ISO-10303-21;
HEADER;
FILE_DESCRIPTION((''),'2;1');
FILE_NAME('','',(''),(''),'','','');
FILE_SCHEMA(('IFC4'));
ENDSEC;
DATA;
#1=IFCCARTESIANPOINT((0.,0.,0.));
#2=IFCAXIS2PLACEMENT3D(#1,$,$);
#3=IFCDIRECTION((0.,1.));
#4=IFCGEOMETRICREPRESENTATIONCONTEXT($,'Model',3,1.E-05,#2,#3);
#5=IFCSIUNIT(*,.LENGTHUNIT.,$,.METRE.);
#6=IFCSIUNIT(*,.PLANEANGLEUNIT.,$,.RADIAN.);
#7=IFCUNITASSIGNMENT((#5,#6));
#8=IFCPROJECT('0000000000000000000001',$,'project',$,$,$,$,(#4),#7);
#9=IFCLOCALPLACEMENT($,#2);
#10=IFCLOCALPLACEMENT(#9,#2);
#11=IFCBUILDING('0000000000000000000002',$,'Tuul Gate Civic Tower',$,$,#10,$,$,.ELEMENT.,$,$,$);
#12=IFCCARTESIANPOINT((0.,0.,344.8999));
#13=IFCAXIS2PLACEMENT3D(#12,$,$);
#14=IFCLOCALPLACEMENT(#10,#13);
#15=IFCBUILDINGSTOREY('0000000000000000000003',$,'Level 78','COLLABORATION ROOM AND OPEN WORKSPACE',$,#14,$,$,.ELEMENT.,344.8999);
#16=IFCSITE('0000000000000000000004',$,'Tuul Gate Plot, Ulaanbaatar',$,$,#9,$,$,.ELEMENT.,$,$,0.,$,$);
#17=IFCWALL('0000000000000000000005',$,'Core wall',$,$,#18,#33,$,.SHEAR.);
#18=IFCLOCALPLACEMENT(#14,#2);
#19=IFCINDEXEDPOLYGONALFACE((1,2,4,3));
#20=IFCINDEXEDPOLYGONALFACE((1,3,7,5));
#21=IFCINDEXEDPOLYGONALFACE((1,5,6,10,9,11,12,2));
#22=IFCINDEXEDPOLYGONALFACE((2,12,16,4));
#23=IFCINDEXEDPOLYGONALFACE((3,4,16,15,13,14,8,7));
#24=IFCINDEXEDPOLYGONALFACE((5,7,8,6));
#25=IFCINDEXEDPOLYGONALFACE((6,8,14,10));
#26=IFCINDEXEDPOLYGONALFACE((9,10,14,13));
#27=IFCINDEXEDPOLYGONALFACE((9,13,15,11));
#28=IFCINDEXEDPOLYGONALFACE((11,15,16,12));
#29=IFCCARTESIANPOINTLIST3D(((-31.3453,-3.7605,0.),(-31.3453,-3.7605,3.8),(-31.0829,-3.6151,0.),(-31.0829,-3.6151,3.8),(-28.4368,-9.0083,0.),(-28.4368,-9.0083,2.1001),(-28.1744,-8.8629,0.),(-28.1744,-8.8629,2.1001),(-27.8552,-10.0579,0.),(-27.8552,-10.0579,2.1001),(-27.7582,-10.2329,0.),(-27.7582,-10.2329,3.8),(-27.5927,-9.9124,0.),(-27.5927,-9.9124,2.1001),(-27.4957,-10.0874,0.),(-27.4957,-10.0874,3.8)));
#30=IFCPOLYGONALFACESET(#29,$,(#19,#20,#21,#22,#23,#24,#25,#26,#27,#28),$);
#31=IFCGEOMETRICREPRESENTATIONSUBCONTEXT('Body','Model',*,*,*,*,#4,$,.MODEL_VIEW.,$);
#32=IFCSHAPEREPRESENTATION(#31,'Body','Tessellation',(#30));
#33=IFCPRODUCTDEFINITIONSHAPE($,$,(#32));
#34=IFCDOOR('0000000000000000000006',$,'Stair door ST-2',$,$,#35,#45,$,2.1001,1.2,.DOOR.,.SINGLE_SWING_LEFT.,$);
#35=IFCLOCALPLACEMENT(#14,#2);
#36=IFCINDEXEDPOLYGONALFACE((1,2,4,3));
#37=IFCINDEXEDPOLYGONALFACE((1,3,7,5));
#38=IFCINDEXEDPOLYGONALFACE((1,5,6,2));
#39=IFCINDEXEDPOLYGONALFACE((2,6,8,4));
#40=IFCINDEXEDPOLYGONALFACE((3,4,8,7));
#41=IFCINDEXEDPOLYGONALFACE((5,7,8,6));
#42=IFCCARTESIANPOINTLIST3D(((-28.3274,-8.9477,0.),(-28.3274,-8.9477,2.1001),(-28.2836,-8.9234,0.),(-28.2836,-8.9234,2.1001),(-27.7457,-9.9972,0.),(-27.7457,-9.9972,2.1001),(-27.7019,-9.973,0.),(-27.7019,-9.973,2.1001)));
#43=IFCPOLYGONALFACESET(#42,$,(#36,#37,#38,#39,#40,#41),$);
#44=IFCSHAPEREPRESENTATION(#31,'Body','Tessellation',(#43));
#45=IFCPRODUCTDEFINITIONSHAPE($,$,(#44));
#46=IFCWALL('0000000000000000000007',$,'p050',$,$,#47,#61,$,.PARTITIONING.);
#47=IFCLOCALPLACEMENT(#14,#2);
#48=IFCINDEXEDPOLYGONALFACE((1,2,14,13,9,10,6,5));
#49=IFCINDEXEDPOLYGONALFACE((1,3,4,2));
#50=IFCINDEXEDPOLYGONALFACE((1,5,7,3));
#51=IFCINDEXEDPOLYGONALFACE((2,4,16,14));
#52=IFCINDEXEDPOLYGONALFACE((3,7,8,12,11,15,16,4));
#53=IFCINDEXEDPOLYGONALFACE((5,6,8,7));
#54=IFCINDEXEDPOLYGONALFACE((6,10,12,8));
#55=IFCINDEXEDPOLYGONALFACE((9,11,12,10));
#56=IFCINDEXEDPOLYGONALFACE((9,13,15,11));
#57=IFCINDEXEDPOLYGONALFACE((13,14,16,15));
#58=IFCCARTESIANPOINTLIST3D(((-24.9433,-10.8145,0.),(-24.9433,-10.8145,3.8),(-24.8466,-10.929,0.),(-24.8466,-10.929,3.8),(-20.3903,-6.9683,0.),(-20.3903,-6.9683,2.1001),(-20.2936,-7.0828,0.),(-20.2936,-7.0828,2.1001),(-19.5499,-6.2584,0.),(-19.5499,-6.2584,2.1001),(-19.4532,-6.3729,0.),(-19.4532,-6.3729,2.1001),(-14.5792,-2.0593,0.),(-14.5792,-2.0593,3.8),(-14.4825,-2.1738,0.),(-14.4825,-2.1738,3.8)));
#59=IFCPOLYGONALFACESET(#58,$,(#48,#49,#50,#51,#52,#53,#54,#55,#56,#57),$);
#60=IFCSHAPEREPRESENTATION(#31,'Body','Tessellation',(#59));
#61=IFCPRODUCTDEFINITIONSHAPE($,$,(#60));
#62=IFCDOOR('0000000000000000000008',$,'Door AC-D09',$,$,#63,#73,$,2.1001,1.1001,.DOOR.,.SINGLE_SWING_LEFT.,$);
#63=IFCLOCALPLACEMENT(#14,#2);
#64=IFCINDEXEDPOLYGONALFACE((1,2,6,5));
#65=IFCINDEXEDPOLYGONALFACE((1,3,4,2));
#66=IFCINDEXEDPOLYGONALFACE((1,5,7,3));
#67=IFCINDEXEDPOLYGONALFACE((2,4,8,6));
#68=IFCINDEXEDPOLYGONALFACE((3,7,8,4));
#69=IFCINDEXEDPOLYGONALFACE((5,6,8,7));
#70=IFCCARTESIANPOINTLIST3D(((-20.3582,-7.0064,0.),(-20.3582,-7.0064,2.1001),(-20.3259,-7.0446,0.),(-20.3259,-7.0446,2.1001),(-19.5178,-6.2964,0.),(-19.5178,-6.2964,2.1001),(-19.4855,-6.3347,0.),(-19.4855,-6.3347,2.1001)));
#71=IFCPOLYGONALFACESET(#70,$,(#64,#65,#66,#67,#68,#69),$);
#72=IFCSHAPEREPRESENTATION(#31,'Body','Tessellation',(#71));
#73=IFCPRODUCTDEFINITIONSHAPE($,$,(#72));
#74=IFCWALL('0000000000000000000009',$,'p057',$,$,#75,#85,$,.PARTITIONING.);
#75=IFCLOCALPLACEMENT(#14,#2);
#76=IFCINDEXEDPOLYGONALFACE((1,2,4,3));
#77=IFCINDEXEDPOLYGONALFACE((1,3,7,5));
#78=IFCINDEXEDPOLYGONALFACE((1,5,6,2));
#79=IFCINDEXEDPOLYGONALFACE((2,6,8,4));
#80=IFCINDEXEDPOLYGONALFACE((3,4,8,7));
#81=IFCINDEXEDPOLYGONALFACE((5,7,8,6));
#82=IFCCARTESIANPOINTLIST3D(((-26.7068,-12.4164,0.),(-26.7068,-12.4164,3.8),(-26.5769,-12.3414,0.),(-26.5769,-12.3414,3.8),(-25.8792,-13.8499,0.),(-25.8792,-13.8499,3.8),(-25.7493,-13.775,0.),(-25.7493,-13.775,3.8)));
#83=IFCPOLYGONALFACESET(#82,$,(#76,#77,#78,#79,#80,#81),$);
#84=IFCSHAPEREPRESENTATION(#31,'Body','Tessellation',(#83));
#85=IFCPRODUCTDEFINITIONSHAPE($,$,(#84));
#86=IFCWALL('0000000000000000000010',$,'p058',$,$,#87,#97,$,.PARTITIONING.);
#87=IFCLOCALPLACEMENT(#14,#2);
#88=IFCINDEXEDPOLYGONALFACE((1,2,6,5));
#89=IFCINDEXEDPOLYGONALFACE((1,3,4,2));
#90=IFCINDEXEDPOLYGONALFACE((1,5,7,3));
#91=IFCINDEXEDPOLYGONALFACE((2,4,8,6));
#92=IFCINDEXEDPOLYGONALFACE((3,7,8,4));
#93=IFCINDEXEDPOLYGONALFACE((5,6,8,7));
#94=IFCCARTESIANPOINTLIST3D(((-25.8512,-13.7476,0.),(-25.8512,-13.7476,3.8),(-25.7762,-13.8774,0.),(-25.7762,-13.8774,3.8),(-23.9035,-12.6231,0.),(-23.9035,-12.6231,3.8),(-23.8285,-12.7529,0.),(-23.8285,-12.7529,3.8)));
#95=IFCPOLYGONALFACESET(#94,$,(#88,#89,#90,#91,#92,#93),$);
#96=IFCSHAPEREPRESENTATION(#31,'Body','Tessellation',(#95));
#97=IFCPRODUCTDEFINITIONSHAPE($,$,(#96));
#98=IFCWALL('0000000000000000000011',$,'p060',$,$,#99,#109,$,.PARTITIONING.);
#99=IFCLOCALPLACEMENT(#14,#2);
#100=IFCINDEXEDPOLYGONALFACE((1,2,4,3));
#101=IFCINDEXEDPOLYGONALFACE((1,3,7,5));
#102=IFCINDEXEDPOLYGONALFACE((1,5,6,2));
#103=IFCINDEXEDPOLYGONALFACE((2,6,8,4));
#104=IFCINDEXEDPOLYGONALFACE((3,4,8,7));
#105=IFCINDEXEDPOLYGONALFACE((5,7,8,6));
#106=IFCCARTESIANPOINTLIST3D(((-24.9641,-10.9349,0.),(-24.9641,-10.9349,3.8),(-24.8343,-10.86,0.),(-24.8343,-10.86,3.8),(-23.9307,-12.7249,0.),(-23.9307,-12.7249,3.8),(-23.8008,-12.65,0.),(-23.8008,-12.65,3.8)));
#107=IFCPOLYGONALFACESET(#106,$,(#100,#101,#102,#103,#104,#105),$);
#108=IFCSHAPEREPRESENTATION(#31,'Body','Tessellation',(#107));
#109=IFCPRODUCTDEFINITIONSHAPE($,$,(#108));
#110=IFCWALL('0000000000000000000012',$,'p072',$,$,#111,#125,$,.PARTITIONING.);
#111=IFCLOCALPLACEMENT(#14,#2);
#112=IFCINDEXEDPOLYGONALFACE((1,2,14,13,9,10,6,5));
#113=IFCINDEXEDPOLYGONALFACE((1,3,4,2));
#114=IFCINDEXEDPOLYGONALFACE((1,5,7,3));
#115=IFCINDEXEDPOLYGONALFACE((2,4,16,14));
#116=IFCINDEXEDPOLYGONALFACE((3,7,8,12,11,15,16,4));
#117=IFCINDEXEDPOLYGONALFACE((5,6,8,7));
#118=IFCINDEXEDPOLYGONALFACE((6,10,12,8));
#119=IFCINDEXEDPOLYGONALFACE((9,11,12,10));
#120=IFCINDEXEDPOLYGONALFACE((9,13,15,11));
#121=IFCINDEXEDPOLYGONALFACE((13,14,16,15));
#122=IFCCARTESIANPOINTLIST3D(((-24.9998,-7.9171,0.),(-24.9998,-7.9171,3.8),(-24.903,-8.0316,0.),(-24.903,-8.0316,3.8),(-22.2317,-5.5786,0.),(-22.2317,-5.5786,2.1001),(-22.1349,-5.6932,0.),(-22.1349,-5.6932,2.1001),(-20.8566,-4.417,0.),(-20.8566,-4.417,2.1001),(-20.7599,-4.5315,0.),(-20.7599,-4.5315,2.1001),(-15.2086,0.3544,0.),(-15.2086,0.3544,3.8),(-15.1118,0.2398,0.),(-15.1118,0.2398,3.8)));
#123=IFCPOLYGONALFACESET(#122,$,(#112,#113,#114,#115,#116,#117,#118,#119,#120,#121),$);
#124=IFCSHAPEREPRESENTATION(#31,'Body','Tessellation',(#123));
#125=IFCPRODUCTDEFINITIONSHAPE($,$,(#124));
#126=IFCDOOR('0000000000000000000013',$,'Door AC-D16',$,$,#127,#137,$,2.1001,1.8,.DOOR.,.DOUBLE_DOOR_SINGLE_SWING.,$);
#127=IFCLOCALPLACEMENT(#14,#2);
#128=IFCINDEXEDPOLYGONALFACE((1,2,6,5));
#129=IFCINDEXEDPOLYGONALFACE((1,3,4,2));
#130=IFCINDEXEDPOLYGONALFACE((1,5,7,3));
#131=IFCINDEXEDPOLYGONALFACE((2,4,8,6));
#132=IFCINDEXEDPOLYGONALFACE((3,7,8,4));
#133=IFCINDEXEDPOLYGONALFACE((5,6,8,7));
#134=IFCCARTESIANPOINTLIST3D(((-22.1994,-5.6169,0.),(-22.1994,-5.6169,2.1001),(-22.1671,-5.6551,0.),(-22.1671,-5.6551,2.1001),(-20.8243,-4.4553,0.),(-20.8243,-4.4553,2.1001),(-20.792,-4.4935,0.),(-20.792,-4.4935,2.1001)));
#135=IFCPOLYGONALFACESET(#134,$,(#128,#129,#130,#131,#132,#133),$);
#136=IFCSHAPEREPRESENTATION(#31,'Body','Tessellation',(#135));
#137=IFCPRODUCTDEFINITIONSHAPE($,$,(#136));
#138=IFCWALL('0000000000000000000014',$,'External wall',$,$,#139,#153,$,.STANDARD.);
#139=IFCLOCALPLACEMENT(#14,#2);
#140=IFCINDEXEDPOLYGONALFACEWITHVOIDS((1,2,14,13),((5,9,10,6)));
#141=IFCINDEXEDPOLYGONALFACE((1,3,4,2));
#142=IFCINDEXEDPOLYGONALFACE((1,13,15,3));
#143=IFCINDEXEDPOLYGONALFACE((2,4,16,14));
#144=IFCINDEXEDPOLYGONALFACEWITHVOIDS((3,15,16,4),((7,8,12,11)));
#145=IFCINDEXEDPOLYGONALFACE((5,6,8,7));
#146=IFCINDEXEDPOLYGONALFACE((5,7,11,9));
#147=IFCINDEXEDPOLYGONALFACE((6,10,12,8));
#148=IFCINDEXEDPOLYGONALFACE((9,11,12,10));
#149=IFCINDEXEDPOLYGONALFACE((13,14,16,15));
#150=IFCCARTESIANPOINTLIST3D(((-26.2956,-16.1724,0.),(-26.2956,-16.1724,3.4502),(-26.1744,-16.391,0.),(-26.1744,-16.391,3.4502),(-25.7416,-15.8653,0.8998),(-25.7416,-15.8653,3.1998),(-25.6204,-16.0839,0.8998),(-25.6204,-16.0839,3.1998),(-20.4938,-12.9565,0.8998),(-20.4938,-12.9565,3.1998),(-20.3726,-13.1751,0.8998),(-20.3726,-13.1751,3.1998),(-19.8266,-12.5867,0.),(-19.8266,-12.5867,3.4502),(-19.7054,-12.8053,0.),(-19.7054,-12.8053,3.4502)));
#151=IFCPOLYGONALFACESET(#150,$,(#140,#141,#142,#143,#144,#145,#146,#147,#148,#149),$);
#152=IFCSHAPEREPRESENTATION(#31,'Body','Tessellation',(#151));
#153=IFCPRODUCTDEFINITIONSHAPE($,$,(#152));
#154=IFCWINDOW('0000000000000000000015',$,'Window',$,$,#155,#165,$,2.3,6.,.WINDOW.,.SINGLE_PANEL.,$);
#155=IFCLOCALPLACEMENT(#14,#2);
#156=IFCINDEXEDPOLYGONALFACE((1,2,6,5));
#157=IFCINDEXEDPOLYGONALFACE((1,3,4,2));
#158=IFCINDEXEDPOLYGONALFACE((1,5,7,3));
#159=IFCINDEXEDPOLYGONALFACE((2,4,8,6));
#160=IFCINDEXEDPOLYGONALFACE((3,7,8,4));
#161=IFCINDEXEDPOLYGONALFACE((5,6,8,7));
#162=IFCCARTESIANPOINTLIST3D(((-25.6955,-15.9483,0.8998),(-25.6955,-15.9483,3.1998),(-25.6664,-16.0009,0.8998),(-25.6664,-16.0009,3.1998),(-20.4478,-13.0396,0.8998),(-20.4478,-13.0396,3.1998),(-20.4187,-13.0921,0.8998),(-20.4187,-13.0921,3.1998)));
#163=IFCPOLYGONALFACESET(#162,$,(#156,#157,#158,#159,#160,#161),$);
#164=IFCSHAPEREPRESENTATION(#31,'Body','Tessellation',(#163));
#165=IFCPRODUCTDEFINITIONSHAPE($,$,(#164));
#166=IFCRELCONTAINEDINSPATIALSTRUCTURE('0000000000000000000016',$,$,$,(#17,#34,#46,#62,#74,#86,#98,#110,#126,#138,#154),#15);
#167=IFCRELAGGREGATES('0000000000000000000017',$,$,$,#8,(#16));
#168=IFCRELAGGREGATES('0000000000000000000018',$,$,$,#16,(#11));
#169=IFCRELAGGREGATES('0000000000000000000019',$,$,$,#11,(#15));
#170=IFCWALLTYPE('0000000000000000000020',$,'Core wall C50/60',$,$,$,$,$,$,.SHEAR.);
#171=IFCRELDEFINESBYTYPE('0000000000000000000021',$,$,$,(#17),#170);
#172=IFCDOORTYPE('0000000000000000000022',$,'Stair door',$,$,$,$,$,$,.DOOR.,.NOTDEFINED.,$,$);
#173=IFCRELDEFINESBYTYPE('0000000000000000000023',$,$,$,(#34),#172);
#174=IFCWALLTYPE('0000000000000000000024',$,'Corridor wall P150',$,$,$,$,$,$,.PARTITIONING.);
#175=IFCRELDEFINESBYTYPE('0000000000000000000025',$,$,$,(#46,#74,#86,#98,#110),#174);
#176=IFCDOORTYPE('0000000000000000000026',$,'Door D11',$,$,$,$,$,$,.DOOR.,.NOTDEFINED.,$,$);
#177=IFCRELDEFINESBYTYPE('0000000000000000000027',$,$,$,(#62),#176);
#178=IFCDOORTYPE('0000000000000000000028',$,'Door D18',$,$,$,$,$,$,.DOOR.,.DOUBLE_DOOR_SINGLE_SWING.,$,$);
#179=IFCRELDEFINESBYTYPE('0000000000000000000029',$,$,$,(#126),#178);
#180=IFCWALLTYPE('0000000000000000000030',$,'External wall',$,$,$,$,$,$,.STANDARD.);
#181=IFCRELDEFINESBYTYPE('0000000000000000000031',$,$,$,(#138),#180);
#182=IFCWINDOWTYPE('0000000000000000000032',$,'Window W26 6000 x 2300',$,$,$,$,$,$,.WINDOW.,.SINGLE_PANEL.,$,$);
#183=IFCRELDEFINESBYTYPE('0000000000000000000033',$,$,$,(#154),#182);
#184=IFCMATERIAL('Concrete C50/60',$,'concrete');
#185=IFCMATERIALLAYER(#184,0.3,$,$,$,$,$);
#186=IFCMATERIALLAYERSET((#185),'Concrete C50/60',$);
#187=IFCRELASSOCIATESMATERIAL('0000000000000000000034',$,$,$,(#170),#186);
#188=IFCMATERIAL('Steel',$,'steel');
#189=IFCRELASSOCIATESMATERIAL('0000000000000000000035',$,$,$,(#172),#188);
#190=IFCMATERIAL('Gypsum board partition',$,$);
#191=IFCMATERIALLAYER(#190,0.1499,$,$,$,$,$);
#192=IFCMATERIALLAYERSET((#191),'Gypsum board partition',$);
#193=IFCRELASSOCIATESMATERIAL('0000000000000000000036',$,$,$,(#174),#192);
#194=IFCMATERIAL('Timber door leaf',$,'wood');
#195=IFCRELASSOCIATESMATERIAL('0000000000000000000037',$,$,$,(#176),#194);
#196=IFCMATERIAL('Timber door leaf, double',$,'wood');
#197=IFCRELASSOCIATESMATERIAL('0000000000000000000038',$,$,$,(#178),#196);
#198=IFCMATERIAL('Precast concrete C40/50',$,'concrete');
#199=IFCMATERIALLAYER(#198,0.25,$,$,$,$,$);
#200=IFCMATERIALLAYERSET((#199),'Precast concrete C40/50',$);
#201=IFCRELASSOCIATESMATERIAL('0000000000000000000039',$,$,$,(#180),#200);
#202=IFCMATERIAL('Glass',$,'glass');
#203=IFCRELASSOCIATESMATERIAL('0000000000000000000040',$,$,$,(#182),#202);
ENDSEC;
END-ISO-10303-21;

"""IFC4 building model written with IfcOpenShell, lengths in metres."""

from ifc_helpers import new_model, si_unit, direction, frame, frame_2d, origin, place, context, subcontext, project, spatial, rectangle, extrude, material, layer, layer_set, type_object, element, fill, save


model = new_model("IFC4")

# Units and contexts
model_context = context("Model", 3, precision=1e-05, world=origin(), true_north=direction((0.0, 1.0)))
body_context = subcontext(model_context, "Body", "Model", "MODEL_VIEW")
ifc_project = project(units=[si_unit("LENGTHUNIT", "METRE"), si_unit("PLANEANGLEUNIT", "RADIAN")], contexts=[model_context])

# Site, building, storey
site_placement = place(None, origin())
site = spatial("IfcSite", under=ifc_project, at=site_placement, Name="Tuul Gate Plot, Ulaanbaatar", CompositionType="ELEMENT", RefElevation=0.0)
building_placement = place(site_placement, origin())
building = spatial("IfcBuilding", under=site, at=building_placement, Name="Tuul Gate Civic Tower", CompositionType="ELEMENT")
storey_placement = place(building_placement, frame((0.0, 0.0, 344.8999)))
storey = spatial("IfcBuildingStorey", under=building, at=storey_placement, Name="Level 78", Description="COLLABORATION ROOM AND OPEN WORKSPACE", CompositionType="ELEMENT", Elevation=344.8999)

# Shared definitions
ifc_material_1 = material(Name="Concrete C50/60", Category="concrete")
ifc_layer_1 = layer(ifc_material_1, 0.3)
ifc_layer_set_1 = layer_set([ifc_layer_1], Name="Concrete C50/60")
wall_type_1 = type_object("IfcWallType", Name="Core wall C50/60", PredefinedType="SHEAR", material=ifc_layer_set_1)

# Walls, openings, doors
wall_1_placement = place(storey_placement, frame((-27.627, -10.1602, 0.0), z_axis=(0.0, 0.0, 1.0), x_axis=(-0.484752, 0.874652, 0.0)))
wall_1 = element("IfcWall", 1, at=wall_1_placement, inside=storey, type_object=wall_type_1, Name="Core wall", PredefinedType="SHEAR", context=body_context, shape_type="SweptSolid", body=[
    extrude(rectangle(XDim=7.3999, YDim=0.3, at=frame_2d((3.7, 0.0))), origin(), (0.0, 0.0, 1.0), 3.8),
])
opening_1_placement = place(wall_1_placement, frame((0.2, 0.0, 0.0)))
opening_1 = element("IfcOpeningElement", 2, at=opening_1_placement, cuts=wall_1, PredefinedType="OPENING", context=body_context, shape_type="SweptSolid", body=[
    extrude(rectangle(XDim=1.2, YDim=2.1001, at=frame_2d((0.6001, 1.05))), frame((0.0, 0.1602, 0.0), z_axis=(0.0, -1.0, 0.0), x_axis=(1.0, 0.0, 0.0)), (0.0, 0.0, 1.0), 0.3201),
])
ifc_material_2 = material(Name="Steel", Category="steel")
door_type_1 = type_object("IfcDoorType", Name="Stair door", OperationType="NOTDEFINED", PredefinedType="DOOR", material=ifc_material_2)
door_1_placement = place(opening_1_placement, origin())
door_1 = element("IfcDoor", 3, at=door_1_placement, inside=storey, type_object=door_type_1, Name="Stair door ST-2", OperationType="SINGLE_SWING_LEFT", OverallHeight=2.1001, OverallWidth=1.2, PredefinedType="DOOR", context=body_context, shape_type="SweptSolid", body=[
    extrude(rectangle(XDim=1.2, YDim=2.1001, at=frame_2d((0.6001, 1.05))), frame((0.0, 0.0249, 0.0), z_axis=(0.0, -1.0, 0.0), x_axis=(1.0, 0.0, 0.0)), (0.0, 0.0, 1.0), 0.05),
])
fill(opening_1, door_1)
ifc_material_3 = material(Name="Gypsum board partition")
ifc_layer_2 = layer(ifc_material_3, 0.1499)
ifc_layer_set_2 = layer_set([ifc_layer_2], Name="Gypsum board partition")
wall_type_2 = type_object("IfcWallType", Name="Corridor wall P150", PredefinedType="PARTITIONING", material=ifc_layer_set_2)
wall_2_placement = place(storey_placement, frame((-24.895, -10.8718, 0.0), z_axis=(0.0, 0.0, 1.0), x_axis=(0.76391, 0.645323, 0.0)))
wall_2 = element("IfcWall", 4, at=wall_2_placement, inside=storey, type_object=wall_type_2, Name="p050", PredefinedType="PARTITIONING", context=body_context, shape_type="SweptSolid", body=[
    extrude(rectangle(XDim=13.5671, YDim=0.1499, at=frame_2d((6.7837, 0.0))), origin(), (0.0, 0.0, 1.0), 3.8),
])
opening_2_placement = place(wall_2_placement, frame((5.9602, 0.0, 0.0)))
opening_2 = element("IfcOpeningElement", 5, at=opening_2_placement, cuts=wall_2, PredefinedType="OPENING", context=body_context, shape_type="SweptSolid", body=[
    extrude(rectangle(XDim=1.1001, YDim=2.1001, at=frame_2d((0.55, 1.05))), frame((0.0, 0.085, 0.0), z_axis=(0.0, -1.0, 0.0), x_axis=(1.0, 0.0, 0.0)), (0.0, 0.0, 1.0), 0.1699),
])
ifc_material_4 = material(Name="Timber door leaf", Category="wood")
door_type_2 = type_object("IfcDoorType", Name="Door D11", OperationType="NOTDEFINED", PredefinedType="DOOR", material=ifc_material_4)
door_2_placement = place(opening_2_placement, frame((1.1001, 0.0, 0.0), z_axis=(0.0, 0.0, 1.0), x_axis=(-1.0, 0.0, 0.0)))
door_2 = element("IfcDoor", 6, at=door_2_placement, inside=storey, type_object=door_type_2, Name="Door AC-D09", OperationType="SINGLE_SWING_LEFT", OverallHeight=2.1001, OverallWidth=1.1001, PredefinedType="DOOR", context=body_context, shape_type="SweptSolid", body=[
    extrude(rectangle(XDim=1.1001, YDim=2.1001, at=frame_2d((0.55, 1.05))), frame((0.0, 0.0249, 0.0), z_axis=(0.0, -1.0, 0.0), x_axis=(1.0, 0.0, 0.0)), (0.0, 0.0, 1.0), 0.05),
])
fill(opening_2, door_2)

# Walls
wall_3_placement = place(storey_placement, frame((-26.6418, -12.3789, 0.0), z_axis=(0.0, 0.0, 1.0), x_axis=(0.499978, -0.866038, 0.0)))
element("IfcWall", 7, at=wall_3_placement, inside=storey, type_object=wall_type_2, Name="p057", PredefinedType="PARTITIONING", context=body_context, shape_type="SweptSolid", body=[
    extrude(rectangle(XDim=1.6553, YDim=0.1499, at=frame_2d((0.8276, 0.0))), origin(), (0.0, 0.0, 1.0), 3.8),
])
wall_4_placement = place(storey_placement, frame((-25.8137, -13.8125, 0.0), z_axis=(0.0, 0.0, 1.0), x_axis=(0.86603, 0.499992, 0.0)))
element("IfcWall", 8, at=wall_4_placement, inside=storey, type_object=wall_type_2, Name="p058", PredefinedType="PARTITIONING", context=body_context, shape_type="SweptSolid", body=[
    extrude(rectangle(XDim=2.249, YDim=0.1499, at=frame_2d((1.1245, 0.0))), origin(), (0.0, 0.0, 1.0), 3.8),
])
wall_5_placement = place(storey_placement, frame((-24.8992, -10.8975, 0.0), z_axis=(0.0, 0.0, 1.0), x_axis=(0.499988, -0.866032, 0.0)))
element("IfcWall", 9, at=wall_5_placement, inside=storey, type_object=wall_type_2, Name="p060", PredefinedType="PARTITIONING", context=body_context, shape_type="SweptSolid", body=[
    extrude(rectangle(XDim=2.0669, YDim=0.1499, at=frame_2d((1.0334, 0.0))), origin(), (0.0, 0.0, 1.0), 3.8),
])

# Wall, opening, door
wall_6_placement = place(storey_placement, frame((-24.9514, -7.9744, 0.0), z_axis=(0.0, 0.0, 1.0), x_axis=(0.763903, 0.645332, 0.0)))
wall_6 = element("IfcWall", 10, at=wall_6_placement, inside=storey, type_object=wall_type_2, Name="p072", PredefinedType="PARTITIONING", context=body_context, shape_type="SweptSolid", body=[
    extrude(rectangle(XDim=12.8174, YDim=0.1499, at=frame_2d((6.4087, 0.0))), origin(), (0.0, 0.0, 1.0), 3.8),
])
opening_3_placement = place(wall_6_placement, frame((3.6238, 0.0, 0.0)))
opening_3 = element("IfcOpeningElement", 11, at=opening_3_placement, cuts=wall_6, PredefinedType="OPENING", context=body_context, shape_type="SweptSolid", body=[
    extrude(rectangle(XDim=1.8, YDim=2.1001, at=frame_2d((0.8999, 1.05))), frame((0.0, 0.085, 0.0), z_axis=(0.0, -1.0, 0.0), x_axis=(1.0, 0.0, 0.0)), (0.0, 0.0, 1.0), 0.1699),
])
ifc_material_5 = material(Name="Timber door leaf, double", Category="wood")
door_type_3 = type_object("IfcDoorType", Name="Door D18", OperationType="DOUBLE_DOOR_SINGLE_SWING", PredefinedType="DOOR", material=ifc_material_5)
door_3_placement = place(opening_3_placement, origin())
door_3 = element("IfcDoor", 12, at=door_3_placement, inside=storey, type_object=door_type_3, Name="Door AC-D16", OperationType="DOUBLE_DOOR_SINGLE_SWING", OverallHeight=2.1001, OverallWidth=1.8, PredefinedType="DOOR", context=body_context, shape_type="SweptSolid", body=[
    extrude(rectangle(XDim=1.8, YDim=2.1001, at=frame_2d((0.8999, 1.05))), frame((0.0, 0.0249, 0.0), z_axis=(0.0, -1.0, 0.0), x_axis=(1.0, 0.0, 0.0)), (0.0, 0.0, 1.0), 0.05),
])
fill(opening_3, door_3)

# Wall, opening, window
ifc_material_6 = material(Name="Precast concrete C40/50", Category="concrete")
ifc_layer_3 = layer(ifc_material_6, 0.25)
ifc_layer_set_3 = layer_set([ifc_layer_3], Name="Precast concrete C40/50")
wall_type_3 = type_object("IfcWallType", Name="External wall", PredefinedType="STANDARD", material=ifc_layer_set_3)
wall_7_placement = place(storey_placement, frame((-26.2351, -16.2817, 0.0), z_axis=(0.0, 0.0, 1.0), x_axis=(0.874627, 0.484796, 0.0)))
wall_7 = element("IfcWall", 13, at=wall_7_placement, inside=storey, type_object=wall_type_3, Name="External wall", PredefinedType="STANDARD", context=body_context, shape_type="SweptSolid", body=[
    extrude(rectangle(XDim=7.3962, YDim=0.25, at=frame_2d((3.6982, 0.0))), origin(), (0.0, 0.0, 1.0), 3.4502),
])
opening_4_placement = place(wall_7_placement, frame((0.6335, 0.0, 0.8999)))
opening_4 = element("IfcOpeningElement", 14, at=opening_4_placement, cuts=wall_7, PredefinedType="OPENING", context=body_context, shape_type="SweptSolid", body=[
    extrude(rectangle(XDim=6.0, YDim=2.3, at=frame_2d((3.0, 1.1499))), frame((0.0, 0.135, 0.0), z_axis=(0.0, -1.0, 0.0), x_axis=(1.0, 0.0, 0.0)), (0.0, 0.0, 1.0), 0.27),
])
ifc_material_7 = material(Name="Glass", Category="glass")
window_type = type_object("IfcWindowType", Name="Window W26 6000 x 2300", PartitioningType="SINGLE_PANEL", PredefinedType="WINDOW", material=ifc_material_7)
window_placement = place(opening_4_placement, origin())
window = element("IfcWindow", 15, at=window_placement, inside=storey, type_object=window_type, Name="Window", OverallHeight=2.3, OverallWidth=6.0, PartitioningType="SINGLE_PANEL", PredefinedType="WINDOW", context=body_context, shape_type="SweptSolid", body=[
    extrude(rectangle(XDim=6.0, YDim=2.3, at=frame_2d((3.0, 1.1499))), frame((0.0, 0.03, 0.0), z_axis=(0.0, -1.0, 0.0), x_axis=(1.0, 0.0, 0.0)), (0.0, 0.0, 1.0), 0.0601),
])
fill(opening_4, window)

save(model, "model.ifc")
